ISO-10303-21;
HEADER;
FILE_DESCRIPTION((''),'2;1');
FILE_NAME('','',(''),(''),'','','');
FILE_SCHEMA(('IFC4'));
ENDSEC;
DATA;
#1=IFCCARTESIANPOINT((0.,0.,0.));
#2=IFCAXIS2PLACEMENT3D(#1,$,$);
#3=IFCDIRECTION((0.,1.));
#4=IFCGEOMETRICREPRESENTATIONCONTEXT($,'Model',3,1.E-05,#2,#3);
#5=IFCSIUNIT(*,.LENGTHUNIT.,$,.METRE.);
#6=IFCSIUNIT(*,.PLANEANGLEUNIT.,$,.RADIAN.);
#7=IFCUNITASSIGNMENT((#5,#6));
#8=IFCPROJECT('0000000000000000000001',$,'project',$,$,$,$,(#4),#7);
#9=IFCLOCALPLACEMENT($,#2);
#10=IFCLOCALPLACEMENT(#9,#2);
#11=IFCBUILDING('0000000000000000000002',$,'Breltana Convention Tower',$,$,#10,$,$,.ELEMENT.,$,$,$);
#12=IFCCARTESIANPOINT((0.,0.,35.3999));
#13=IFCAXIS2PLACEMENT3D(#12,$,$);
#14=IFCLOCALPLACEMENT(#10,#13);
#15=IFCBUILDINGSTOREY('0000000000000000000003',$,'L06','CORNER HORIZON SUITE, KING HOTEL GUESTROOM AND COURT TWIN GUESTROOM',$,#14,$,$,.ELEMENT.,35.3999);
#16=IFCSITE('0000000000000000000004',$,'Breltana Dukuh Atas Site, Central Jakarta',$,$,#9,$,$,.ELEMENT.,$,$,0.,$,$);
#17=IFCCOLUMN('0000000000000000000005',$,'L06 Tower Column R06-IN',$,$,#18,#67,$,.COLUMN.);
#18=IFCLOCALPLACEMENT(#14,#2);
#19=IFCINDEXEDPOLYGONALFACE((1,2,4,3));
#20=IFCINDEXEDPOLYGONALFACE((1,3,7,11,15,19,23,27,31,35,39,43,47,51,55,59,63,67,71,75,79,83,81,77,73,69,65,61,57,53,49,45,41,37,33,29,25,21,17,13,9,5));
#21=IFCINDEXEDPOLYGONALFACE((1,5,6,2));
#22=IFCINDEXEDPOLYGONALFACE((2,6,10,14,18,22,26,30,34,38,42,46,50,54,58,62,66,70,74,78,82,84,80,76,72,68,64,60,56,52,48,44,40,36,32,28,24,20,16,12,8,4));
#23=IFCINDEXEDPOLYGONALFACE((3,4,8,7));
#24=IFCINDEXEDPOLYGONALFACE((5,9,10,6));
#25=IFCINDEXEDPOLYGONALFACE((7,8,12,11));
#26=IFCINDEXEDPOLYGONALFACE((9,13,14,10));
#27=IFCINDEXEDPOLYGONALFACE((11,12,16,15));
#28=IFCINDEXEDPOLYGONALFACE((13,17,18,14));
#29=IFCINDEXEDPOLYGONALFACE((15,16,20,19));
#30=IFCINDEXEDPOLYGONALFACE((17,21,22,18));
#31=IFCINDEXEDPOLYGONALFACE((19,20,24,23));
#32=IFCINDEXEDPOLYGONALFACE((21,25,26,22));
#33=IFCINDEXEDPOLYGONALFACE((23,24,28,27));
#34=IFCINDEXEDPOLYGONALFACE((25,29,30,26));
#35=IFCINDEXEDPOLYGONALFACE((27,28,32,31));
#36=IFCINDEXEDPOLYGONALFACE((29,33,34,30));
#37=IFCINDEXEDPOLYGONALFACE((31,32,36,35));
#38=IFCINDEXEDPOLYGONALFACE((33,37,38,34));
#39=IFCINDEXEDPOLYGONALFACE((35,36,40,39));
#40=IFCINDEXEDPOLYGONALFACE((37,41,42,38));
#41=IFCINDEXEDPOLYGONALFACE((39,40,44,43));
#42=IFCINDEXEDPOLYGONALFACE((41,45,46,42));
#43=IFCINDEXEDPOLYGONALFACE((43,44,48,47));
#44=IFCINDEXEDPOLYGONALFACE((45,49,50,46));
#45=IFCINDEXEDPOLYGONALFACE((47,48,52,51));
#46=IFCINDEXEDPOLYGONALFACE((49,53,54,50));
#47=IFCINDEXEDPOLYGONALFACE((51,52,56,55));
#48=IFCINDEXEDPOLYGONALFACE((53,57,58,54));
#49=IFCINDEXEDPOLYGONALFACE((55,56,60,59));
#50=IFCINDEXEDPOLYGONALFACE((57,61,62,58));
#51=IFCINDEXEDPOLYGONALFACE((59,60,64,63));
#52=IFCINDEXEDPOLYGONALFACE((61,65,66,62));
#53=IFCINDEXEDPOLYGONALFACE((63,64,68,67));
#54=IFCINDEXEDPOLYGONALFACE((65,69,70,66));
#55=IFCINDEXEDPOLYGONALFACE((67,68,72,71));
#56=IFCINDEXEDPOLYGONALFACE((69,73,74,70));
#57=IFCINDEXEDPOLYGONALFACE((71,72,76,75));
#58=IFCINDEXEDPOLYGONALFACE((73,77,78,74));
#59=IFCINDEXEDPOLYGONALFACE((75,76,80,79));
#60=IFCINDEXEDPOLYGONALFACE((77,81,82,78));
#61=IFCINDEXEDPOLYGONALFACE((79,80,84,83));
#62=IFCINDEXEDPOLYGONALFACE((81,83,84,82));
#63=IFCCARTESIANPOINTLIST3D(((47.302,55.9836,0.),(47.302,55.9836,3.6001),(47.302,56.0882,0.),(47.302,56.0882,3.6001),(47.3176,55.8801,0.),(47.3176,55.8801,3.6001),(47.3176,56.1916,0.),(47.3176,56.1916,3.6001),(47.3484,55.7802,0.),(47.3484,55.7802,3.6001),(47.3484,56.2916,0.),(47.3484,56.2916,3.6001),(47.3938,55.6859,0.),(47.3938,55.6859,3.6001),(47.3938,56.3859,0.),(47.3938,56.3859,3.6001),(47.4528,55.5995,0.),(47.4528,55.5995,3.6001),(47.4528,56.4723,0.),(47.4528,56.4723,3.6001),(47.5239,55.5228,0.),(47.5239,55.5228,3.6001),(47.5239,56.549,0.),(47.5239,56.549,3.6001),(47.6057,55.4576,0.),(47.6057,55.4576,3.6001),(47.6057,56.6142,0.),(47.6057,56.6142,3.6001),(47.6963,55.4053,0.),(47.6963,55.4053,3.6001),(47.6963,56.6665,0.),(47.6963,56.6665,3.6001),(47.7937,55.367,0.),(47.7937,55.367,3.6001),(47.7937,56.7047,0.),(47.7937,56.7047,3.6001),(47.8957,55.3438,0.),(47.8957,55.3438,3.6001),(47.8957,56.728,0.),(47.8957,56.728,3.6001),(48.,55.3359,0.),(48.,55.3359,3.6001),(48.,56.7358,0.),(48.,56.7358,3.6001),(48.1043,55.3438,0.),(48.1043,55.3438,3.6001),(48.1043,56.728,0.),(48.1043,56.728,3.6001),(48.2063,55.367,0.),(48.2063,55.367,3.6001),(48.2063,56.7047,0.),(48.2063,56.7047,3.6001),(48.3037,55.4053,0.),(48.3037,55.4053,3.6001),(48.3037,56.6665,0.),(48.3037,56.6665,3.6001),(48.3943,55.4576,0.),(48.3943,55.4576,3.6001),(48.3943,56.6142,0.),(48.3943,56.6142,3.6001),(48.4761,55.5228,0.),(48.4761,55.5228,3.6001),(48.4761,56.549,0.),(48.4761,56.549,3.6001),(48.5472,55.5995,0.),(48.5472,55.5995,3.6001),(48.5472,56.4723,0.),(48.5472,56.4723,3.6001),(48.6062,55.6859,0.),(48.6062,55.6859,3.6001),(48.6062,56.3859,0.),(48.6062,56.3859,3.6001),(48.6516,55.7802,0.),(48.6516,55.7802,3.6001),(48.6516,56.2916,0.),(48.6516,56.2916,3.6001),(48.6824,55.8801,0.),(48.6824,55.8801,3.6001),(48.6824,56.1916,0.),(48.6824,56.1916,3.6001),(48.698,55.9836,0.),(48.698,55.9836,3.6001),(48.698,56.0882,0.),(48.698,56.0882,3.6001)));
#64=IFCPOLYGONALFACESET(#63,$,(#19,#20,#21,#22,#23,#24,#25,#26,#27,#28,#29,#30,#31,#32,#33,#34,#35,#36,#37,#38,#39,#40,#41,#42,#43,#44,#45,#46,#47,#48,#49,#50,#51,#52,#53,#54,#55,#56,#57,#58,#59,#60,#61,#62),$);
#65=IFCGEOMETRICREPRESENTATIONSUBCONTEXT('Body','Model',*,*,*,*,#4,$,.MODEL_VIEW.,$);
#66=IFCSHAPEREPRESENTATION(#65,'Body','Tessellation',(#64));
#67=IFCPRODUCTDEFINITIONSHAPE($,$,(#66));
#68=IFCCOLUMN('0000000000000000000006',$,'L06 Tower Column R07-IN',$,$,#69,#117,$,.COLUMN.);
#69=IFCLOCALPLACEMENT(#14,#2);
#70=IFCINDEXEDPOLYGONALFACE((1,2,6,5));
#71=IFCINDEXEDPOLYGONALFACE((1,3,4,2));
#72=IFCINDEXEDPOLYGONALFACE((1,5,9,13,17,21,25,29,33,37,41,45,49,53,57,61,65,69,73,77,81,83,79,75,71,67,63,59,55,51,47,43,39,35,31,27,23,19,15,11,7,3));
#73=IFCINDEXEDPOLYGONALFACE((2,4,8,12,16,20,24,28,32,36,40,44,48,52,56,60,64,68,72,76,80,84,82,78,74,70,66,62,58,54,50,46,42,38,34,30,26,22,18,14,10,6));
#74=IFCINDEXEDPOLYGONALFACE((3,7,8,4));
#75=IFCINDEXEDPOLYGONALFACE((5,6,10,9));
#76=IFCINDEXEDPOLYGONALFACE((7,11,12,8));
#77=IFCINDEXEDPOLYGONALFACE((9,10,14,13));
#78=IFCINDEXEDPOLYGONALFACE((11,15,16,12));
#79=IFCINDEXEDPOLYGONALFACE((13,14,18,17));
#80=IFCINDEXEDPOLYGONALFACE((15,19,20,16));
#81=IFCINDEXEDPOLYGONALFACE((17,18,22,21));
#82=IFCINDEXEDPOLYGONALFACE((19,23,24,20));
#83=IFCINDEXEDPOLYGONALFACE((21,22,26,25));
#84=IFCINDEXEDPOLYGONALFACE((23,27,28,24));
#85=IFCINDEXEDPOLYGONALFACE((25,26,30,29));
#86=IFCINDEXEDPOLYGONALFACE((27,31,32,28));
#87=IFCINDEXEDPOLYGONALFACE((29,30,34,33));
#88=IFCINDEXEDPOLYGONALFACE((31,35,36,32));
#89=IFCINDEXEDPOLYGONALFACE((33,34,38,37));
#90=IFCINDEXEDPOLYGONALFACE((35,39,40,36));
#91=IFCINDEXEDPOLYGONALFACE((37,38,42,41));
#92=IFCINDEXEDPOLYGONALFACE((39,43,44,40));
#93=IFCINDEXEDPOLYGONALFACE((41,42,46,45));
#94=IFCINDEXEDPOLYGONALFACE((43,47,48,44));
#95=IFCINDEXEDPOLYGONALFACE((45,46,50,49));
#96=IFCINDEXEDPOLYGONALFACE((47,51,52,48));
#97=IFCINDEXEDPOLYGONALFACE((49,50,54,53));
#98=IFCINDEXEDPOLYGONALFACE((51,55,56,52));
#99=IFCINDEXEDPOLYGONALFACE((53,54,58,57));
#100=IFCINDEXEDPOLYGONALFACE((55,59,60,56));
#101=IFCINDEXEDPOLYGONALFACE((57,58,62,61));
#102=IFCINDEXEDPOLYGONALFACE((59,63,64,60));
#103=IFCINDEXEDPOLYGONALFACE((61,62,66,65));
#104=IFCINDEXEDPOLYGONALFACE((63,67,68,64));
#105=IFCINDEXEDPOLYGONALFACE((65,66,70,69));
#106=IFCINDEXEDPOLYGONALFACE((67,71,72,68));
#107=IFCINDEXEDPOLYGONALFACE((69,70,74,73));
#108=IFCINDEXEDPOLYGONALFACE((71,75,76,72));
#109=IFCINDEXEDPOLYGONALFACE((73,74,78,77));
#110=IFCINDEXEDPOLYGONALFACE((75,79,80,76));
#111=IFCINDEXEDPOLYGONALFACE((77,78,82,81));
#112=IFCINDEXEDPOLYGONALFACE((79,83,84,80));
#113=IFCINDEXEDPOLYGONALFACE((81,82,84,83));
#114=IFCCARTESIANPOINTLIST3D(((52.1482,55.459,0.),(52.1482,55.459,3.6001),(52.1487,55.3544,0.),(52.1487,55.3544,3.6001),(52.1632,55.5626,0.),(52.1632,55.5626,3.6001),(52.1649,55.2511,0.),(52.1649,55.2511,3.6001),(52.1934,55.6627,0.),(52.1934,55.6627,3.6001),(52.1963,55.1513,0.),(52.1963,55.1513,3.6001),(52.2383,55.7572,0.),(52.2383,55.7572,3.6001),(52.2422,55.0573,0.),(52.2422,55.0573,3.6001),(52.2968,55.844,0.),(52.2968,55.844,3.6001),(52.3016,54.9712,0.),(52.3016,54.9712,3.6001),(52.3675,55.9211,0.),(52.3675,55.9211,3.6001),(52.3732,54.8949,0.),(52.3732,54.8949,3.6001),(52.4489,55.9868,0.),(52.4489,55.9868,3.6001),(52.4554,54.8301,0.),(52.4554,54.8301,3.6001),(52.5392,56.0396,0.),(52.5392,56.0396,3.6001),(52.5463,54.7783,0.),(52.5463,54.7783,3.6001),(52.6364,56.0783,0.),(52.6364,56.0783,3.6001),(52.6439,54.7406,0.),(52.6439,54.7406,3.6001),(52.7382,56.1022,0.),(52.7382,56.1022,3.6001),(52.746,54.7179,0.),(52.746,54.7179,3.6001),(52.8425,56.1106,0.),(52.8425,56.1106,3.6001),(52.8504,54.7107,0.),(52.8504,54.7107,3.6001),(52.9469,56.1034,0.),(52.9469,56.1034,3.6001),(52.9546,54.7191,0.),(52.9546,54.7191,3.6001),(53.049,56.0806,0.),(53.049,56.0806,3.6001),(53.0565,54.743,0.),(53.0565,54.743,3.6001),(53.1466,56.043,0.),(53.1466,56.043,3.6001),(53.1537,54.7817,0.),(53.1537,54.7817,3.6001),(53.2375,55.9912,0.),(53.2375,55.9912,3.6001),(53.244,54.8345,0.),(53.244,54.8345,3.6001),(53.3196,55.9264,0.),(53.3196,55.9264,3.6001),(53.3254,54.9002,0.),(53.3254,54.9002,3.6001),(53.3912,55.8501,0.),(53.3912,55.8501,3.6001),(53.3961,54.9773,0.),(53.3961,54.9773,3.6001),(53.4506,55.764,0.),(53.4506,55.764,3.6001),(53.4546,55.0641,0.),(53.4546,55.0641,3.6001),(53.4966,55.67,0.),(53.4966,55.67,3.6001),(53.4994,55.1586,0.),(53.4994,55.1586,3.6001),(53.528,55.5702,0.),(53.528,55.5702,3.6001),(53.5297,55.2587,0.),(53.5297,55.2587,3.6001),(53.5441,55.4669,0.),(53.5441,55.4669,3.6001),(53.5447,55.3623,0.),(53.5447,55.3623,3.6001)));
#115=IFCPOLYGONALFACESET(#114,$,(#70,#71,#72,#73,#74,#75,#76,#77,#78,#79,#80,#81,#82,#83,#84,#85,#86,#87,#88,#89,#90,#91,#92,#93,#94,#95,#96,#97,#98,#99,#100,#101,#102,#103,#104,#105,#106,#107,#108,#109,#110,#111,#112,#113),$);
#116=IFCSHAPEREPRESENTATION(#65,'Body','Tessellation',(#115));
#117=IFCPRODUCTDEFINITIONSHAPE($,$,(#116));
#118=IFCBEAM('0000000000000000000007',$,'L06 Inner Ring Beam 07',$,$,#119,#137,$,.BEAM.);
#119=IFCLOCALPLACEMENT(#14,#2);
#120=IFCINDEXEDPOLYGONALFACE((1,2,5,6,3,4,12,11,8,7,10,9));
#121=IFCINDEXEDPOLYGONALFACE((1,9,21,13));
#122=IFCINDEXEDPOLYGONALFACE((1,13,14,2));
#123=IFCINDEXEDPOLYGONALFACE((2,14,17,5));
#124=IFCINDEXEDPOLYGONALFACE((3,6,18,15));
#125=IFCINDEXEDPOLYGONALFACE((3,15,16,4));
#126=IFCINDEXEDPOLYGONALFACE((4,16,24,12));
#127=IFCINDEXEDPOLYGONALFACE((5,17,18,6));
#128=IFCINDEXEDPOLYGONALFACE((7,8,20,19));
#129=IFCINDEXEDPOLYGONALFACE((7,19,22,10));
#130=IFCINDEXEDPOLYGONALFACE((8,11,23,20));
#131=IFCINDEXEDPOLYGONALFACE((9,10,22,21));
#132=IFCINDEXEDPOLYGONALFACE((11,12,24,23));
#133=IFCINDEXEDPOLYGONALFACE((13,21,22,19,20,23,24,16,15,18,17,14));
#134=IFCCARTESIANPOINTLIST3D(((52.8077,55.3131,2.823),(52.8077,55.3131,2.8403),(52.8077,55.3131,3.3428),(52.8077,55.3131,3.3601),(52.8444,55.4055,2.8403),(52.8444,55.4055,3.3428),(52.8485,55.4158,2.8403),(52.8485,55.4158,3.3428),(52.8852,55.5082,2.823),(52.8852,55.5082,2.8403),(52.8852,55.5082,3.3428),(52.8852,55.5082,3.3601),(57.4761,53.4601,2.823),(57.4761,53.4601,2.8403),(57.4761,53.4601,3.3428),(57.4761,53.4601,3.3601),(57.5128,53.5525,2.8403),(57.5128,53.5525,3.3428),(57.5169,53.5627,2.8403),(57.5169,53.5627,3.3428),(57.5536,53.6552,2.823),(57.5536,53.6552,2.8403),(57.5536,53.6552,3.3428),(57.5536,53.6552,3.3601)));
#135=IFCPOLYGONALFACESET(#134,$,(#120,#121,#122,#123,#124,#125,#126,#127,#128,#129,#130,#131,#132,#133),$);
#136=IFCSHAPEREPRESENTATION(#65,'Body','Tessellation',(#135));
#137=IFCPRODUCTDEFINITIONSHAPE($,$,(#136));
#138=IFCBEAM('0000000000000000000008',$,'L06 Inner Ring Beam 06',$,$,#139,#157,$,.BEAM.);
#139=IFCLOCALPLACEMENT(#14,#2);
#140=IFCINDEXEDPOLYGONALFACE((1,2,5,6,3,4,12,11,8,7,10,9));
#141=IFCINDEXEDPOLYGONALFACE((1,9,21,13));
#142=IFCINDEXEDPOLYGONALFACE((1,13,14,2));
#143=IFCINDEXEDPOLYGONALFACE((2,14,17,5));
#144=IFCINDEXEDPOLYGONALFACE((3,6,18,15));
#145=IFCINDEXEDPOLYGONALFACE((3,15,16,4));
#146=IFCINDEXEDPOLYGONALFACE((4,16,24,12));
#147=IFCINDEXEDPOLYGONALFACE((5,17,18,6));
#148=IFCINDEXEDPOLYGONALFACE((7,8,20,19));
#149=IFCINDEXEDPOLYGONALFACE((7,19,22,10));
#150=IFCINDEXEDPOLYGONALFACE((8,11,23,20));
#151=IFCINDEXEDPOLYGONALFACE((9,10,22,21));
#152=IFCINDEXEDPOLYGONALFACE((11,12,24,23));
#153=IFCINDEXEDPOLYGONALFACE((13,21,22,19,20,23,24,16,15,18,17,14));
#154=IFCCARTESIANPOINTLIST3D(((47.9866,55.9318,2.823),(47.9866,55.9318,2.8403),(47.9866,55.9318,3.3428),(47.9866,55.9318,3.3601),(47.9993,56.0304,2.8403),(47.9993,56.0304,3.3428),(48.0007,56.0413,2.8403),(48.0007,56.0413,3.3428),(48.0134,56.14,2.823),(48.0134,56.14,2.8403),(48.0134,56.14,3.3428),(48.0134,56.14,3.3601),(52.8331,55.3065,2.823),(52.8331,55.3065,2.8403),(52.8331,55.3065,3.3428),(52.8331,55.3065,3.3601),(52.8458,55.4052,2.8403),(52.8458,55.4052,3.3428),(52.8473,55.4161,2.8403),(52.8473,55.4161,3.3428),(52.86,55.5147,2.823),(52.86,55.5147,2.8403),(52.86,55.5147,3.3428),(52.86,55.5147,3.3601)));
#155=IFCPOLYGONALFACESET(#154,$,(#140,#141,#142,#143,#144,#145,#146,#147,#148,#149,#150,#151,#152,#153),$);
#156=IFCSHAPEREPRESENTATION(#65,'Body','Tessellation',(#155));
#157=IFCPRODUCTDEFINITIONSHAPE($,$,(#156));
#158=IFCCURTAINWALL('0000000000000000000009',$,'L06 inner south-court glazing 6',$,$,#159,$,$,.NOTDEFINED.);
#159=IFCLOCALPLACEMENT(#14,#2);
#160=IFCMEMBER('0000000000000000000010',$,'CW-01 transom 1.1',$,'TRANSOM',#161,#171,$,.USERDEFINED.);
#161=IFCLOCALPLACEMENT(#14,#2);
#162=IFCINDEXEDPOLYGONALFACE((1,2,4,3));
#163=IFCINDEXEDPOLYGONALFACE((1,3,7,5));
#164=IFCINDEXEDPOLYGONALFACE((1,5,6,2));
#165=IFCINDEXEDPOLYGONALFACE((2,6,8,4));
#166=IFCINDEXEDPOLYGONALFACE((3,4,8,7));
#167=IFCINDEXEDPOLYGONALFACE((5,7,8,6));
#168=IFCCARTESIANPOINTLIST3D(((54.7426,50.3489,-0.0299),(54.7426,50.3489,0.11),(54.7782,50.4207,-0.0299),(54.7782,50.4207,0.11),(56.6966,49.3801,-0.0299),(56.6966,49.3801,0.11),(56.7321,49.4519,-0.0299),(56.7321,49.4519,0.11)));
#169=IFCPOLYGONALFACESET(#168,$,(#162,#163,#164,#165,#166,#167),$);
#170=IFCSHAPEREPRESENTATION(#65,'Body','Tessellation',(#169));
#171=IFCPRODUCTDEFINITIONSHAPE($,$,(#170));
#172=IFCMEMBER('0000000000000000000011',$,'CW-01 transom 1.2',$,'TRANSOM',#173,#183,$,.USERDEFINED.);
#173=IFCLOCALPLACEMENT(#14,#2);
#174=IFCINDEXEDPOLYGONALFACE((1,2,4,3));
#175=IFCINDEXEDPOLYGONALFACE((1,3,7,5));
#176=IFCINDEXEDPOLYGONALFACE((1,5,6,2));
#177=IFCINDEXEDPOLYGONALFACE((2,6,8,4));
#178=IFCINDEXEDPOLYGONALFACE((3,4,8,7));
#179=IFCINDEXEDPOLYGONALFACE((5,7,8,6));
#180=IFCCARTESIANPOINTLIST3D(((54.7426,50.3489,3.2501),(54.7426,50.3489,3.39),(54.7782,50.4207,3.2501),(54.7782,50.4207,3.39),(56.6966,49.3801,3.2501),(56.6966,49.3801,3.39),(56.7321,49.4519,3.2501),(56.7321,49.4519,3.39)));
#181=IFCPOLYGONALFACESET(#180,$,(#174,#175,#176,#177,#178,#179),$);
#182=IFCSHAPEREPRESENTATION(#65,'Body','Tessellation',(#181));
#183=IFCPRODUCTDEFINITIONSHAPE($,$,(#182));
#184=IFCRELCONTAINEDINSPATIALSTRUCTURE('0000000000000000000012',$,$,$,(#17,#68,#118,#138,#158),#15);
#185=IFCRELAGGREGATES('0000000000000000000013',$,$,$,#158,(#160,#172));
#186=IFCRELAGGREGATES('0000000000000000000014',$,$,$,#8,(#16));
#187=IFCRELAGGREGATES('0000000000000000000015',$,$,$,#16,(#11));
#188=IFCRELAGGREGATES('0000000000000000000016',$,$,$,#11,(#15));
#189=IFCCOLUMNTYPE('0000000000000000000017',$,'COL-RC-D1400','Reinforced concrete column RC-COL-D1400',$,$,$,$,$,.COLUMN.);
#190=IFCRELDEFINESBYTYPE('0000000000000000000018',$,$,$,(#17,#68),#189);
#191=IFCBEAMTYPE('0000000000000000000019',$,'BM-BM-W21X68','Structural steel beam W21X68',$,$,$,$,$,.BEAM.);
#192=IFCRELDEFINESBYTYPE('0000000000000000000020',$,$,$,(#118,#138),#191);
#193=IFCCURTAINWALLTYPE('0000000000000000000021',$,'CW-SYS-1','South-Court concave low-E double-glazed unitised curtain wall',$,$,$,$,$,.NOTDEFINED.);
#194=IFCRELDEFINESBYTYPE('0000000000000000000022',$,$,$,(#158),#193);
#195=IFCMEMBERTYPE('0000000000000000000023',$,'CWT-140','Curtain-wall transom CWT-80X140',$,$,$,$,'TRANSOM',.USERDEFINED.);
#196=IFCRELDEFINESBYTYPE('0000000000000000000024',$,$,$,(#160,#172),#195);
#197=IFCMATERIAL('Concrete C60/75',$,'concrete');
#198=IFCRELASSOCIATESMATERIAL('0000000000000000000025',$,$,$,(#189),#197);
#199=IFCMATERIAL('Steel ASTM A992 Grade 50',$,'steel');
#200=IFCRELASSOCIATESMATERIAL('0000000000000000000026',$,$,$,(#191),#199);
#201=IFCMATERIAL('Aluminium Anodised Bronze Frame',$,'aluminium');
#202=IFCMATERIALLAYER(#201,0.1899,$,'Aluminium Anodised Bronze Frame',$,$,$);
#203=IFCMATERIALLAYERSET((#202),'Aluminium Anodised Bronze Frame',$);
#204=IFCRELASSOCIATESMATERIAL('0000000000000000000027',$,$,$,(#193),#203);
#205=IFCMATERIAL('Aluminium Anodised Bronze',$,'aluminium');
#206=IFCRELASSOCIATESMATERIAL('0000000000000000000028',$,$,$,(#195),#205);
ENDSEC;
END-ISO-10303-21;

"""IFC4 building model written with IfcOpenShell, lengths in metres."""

from ifc_helpers import new_model, si_unit, direction, frame, origin, origin_2d, place, context, subcontext, project, spatial, rectangle, circle, i_section, extrude, source, transform, mapped, material, layer, layer_set, material_profile, profile_set, type_object, element, aggregate, save


model = new_model("IFC4")

# Units and contexts
model_context = context("Model", 3, precision=1e-05, world=origin(), true_north=direction((0.0, 1.0)))
body_context = subcontext(model_context, "Body", "Model", "MODEL_VIEW")
ifc_project = project(units=[si_unit("LENGTHUNIT", "METRE"), si_unit("PLANEANGLEUNIT", "RADIAN")], contexts=[model_context])

# Site, building, storey
site_placement = place(None, origin())
site = spatial("IfcSite", under=ifc_project, at=site_placement, Name="Breltana Dukuh Atas Site, Central Jakarta", CompositionType="ELEMENT", RefElevation=0.0)
building_placement = place(site_placement, origin())
building = spatial("IfcBuilding", under=site, at=building_placement, Name="Breltana Convention Tower", CompositionType="ELEMENT")
storey_placement = place(building_placement, frame((0.0, 0.0, 35.3999)))
storey = spatial("IfcBuildingStorey", under=building, at=storey_placement, Name="L06", Description="CORNER HORIZON SUITE, KING HOTEL GUESTROOM AND COURT TWIN GUESTROOM", CompositionType="ELEMENT", Elevation=35.3999)

# Columns
ifc_material_1 = material(Name="Concrete C60/75", Category="concrete")
ifc_material_profile_1 = material_profile(ifc_material_1, circle(Radius=0.7, at=origin_2d()), Name="RC-COL-D1400")
ifc_profile_set_1 = profile_set([ifc_material_profile_1], Name="Concrete C60/75")
column_type = type_object("IfcColumnType", Name="COL-RC-D1400", Description="Reinforced concrete column RC-COL-D1400", PredefinedType="COLUMN", material=ifc_profile_set_1)
shared_shape_1 = source(origin(), body_context, "Body", "SweptSolid", [
    extrude(circle(Radius=0.7, at=origin_2d()), origin(), (0.0, 0.0, 1.0), 3.6001),
])
for number, where, z_axis, x_axis, name in (
    (1, (48.0, 56.0359, 0.0), (0.0, 0.0, 1.0), (0.0, 1.0, 0.0), "L06 Tower Column R06-IN"),
    (2, (52.8464, 55.4106, 0.0), (0.0, 0.0, 1.0), (0.143493, 0.989651, 0.0), "L06 Tower Column R07-IN"),
):
    element("IfcColumn", number, at=place(storey_placement, frame(where, z_axis=z_axis, x_axis=x_axis)), inside=storey, type_object=column_type, Name=name, PredefinedType="COLUMN", context=body_context, shape_type="MappedRepresentation", body=[
        mapped(shared_shape_1, transform((0.0, 0.0, 0.0), scale=1.0)),
    ])

# Beams
ifc_material_2 = material(Name="Steel ASTM A992 Grade 50", Category="steel")
ifc_material_profile_2 = material_profile(ifc_material_2, i_section(OverallWidth=0.21, OverallDepth=0.5371, WebThickness=0.011, FlangeThickness=0.0173, at=origin_2d()), Name="W21X68")
ifc_profile_set_2 = profile_set([ifc_material_profile_2], Name="Steel ASTM A992 Grade 50")
beam_type = type_object("IfcBeamType", Name="BM-BM-W21X68", Description="Structural steel beam W21X68", PredefinedType="BEAM", material=ifc_profile_set_2)
shared_shape_2 = source(origin(), body_context, "Body", "SweptSolid", [
    extrude(i_section(OverallWidth=0.21, OverallDepth=0.5371, WebThickness=0.011, FlangeThickness=0.0173, at=origin_2d()), origin(), (0.0, 0.0, 1.0), 5.0227),
])
beam_1_placement = place(storey_placement, frame((52.8464, 55.4106, 3.0916), z_axis=(0.929459, -0.368926, 0.0), x_axis=(0.368926, 0.929459, 0.0)))
element("IfcBeam", 3, at=beam_1_placement, inside=storey, type_object=beam_type, Name="L06 Inner Ring Beam 07", PredefinedType="BEAM", context=body_context, shape_type="MappedRepresentation", body=[
    mapped(shared_shape_2, transform((0.0, 0.0, 0.0), scale=1.0)),
])
shared_shape_3 = source(origin(), body_context, "Body", "SweptSolid", [
    extrude(i_section(OverallWidth=0.21, OverallDepth=0.5371, WebThickness=0.011, FlangeThickness=0.0173, at=origin_2d()), origin(), (0.0, 0.0, 1.0), 4.8867),
])
beam_2_placement = place(storey_placement, frame((48.0, 56.0359, 3.0916), z_axis=(0.991781, -0.127951, 0.0), x_axis=(0.127951, 0.991781, 0.0)))
element("IfcBeam", 4, at=beam_2_placement, inside=storey, type_object=beam_type, Name="L06 Inner Ring Beam 06", PredefinedType="BEAM", context=body_context, shape_type="MappedRepresentation", body=[
    mapped(shared_shape_3, transform((0.0, 0.0, 0.0), scale=1.0)),
])

# Curtain wall, members
ifc_material_3 = material(Name="Aluminium Anodised Bronze Frame", Category="aluminium")
ifc_layer_1 = layer(ifc_material_3, 0.1899, Name="Aluminium Anodised Bronze Frame")
ifc_layer_set_1 = layer_set([ifc_layer_1], Name="Aluminium Anodised Bronze Frame")
curtain_wall_type = type_object("IfcCurtainWallType", Name="CW-SYS-1", Description="South-Court concave low-E double-glazed unitised curtain wall", PredefinedType="NOTDEFINED", material=ifc_layer_set_1)
curtain_wall_1_placement = place(storey_placement, origin())
curtain_wall_1 = element("IfcCurtainWall", 5, at=curtain_wall_1_placement, inside=storey, type_object=curtain_wall_type, Name="L06 inner south-court glazing 6", PredefinedType="NOTDEFINED")
ifc_material_4 = material(Name="Aluminium Anodised Bronze", Category="aluminium")
ifc_material_profile_3 = material_profile(ifc_material_4, rectangle(XDim=0.0801, YDim=0.1399, at=origin_2d()), Name="CWT-80X140")
ifc_profile_set_3 = profile_set([ifc_material_profile_3], Name="Aluminium Anodised Bronze")
member_type_1 = type_object("IfcMemberType", Name="CWT-140", Description="Curtain-wall transom CWT-80X140", ElementType="TRANSOM", PredefinedType="USERDEFINED", material=ifc_profile_set_3)
shared_shape_4 = source(origin(), body_context, "Body", "SweptSolid", [
    extrude(rectangle(XDim=0.0801, YDim=0.1399, at=origin_2d()), origin(), (0.0, 0.0, 1.0), 2.1809),
])
member_1_placement = place(storey_placement, frame((56.7144, 49.416, 0.04), z_axis=(-0.895922, 0.444211, 0.0), x_axis=(-0.444211, -0.895922, 0.0)))
member_1 = element("IfcMember", 6, at=member_1_placement, type_object=member_type_1, Name="CW-01 transom 1.1", ObjectType="TRANSOM", PredefinedType="USERDEFINED", context=body_context, shape_type="MappedRepresentation", body=[
    mapped(shared_shape_4, transform((0.0, 0.0, 0.0), scale=1.0)),
])
member_2_placement = place(storey_placement, frame((56.7144, 49.416, 3.3201), z_axis=(-0.895922, 0.444211, 0.0), x_axis=(-0.444211, -0.895922, 0.0)))
member_2 = element("IfcMember", 7, at=member_2_placement, type_object=member_type_1, Name="CW-01 transom 1.2", ObjectType="TRANSOM", PredefinedType="USERDEFINED", context=body_context, shape_type="MappedRepresentation", body=[
    mapped(shared_shape_4, transform((0.0, 0.0, 0.0), scale=1.0)),
])

aggregate(curtain_wall_1, [member_1, member_2])

save(model, "model.ifc")
